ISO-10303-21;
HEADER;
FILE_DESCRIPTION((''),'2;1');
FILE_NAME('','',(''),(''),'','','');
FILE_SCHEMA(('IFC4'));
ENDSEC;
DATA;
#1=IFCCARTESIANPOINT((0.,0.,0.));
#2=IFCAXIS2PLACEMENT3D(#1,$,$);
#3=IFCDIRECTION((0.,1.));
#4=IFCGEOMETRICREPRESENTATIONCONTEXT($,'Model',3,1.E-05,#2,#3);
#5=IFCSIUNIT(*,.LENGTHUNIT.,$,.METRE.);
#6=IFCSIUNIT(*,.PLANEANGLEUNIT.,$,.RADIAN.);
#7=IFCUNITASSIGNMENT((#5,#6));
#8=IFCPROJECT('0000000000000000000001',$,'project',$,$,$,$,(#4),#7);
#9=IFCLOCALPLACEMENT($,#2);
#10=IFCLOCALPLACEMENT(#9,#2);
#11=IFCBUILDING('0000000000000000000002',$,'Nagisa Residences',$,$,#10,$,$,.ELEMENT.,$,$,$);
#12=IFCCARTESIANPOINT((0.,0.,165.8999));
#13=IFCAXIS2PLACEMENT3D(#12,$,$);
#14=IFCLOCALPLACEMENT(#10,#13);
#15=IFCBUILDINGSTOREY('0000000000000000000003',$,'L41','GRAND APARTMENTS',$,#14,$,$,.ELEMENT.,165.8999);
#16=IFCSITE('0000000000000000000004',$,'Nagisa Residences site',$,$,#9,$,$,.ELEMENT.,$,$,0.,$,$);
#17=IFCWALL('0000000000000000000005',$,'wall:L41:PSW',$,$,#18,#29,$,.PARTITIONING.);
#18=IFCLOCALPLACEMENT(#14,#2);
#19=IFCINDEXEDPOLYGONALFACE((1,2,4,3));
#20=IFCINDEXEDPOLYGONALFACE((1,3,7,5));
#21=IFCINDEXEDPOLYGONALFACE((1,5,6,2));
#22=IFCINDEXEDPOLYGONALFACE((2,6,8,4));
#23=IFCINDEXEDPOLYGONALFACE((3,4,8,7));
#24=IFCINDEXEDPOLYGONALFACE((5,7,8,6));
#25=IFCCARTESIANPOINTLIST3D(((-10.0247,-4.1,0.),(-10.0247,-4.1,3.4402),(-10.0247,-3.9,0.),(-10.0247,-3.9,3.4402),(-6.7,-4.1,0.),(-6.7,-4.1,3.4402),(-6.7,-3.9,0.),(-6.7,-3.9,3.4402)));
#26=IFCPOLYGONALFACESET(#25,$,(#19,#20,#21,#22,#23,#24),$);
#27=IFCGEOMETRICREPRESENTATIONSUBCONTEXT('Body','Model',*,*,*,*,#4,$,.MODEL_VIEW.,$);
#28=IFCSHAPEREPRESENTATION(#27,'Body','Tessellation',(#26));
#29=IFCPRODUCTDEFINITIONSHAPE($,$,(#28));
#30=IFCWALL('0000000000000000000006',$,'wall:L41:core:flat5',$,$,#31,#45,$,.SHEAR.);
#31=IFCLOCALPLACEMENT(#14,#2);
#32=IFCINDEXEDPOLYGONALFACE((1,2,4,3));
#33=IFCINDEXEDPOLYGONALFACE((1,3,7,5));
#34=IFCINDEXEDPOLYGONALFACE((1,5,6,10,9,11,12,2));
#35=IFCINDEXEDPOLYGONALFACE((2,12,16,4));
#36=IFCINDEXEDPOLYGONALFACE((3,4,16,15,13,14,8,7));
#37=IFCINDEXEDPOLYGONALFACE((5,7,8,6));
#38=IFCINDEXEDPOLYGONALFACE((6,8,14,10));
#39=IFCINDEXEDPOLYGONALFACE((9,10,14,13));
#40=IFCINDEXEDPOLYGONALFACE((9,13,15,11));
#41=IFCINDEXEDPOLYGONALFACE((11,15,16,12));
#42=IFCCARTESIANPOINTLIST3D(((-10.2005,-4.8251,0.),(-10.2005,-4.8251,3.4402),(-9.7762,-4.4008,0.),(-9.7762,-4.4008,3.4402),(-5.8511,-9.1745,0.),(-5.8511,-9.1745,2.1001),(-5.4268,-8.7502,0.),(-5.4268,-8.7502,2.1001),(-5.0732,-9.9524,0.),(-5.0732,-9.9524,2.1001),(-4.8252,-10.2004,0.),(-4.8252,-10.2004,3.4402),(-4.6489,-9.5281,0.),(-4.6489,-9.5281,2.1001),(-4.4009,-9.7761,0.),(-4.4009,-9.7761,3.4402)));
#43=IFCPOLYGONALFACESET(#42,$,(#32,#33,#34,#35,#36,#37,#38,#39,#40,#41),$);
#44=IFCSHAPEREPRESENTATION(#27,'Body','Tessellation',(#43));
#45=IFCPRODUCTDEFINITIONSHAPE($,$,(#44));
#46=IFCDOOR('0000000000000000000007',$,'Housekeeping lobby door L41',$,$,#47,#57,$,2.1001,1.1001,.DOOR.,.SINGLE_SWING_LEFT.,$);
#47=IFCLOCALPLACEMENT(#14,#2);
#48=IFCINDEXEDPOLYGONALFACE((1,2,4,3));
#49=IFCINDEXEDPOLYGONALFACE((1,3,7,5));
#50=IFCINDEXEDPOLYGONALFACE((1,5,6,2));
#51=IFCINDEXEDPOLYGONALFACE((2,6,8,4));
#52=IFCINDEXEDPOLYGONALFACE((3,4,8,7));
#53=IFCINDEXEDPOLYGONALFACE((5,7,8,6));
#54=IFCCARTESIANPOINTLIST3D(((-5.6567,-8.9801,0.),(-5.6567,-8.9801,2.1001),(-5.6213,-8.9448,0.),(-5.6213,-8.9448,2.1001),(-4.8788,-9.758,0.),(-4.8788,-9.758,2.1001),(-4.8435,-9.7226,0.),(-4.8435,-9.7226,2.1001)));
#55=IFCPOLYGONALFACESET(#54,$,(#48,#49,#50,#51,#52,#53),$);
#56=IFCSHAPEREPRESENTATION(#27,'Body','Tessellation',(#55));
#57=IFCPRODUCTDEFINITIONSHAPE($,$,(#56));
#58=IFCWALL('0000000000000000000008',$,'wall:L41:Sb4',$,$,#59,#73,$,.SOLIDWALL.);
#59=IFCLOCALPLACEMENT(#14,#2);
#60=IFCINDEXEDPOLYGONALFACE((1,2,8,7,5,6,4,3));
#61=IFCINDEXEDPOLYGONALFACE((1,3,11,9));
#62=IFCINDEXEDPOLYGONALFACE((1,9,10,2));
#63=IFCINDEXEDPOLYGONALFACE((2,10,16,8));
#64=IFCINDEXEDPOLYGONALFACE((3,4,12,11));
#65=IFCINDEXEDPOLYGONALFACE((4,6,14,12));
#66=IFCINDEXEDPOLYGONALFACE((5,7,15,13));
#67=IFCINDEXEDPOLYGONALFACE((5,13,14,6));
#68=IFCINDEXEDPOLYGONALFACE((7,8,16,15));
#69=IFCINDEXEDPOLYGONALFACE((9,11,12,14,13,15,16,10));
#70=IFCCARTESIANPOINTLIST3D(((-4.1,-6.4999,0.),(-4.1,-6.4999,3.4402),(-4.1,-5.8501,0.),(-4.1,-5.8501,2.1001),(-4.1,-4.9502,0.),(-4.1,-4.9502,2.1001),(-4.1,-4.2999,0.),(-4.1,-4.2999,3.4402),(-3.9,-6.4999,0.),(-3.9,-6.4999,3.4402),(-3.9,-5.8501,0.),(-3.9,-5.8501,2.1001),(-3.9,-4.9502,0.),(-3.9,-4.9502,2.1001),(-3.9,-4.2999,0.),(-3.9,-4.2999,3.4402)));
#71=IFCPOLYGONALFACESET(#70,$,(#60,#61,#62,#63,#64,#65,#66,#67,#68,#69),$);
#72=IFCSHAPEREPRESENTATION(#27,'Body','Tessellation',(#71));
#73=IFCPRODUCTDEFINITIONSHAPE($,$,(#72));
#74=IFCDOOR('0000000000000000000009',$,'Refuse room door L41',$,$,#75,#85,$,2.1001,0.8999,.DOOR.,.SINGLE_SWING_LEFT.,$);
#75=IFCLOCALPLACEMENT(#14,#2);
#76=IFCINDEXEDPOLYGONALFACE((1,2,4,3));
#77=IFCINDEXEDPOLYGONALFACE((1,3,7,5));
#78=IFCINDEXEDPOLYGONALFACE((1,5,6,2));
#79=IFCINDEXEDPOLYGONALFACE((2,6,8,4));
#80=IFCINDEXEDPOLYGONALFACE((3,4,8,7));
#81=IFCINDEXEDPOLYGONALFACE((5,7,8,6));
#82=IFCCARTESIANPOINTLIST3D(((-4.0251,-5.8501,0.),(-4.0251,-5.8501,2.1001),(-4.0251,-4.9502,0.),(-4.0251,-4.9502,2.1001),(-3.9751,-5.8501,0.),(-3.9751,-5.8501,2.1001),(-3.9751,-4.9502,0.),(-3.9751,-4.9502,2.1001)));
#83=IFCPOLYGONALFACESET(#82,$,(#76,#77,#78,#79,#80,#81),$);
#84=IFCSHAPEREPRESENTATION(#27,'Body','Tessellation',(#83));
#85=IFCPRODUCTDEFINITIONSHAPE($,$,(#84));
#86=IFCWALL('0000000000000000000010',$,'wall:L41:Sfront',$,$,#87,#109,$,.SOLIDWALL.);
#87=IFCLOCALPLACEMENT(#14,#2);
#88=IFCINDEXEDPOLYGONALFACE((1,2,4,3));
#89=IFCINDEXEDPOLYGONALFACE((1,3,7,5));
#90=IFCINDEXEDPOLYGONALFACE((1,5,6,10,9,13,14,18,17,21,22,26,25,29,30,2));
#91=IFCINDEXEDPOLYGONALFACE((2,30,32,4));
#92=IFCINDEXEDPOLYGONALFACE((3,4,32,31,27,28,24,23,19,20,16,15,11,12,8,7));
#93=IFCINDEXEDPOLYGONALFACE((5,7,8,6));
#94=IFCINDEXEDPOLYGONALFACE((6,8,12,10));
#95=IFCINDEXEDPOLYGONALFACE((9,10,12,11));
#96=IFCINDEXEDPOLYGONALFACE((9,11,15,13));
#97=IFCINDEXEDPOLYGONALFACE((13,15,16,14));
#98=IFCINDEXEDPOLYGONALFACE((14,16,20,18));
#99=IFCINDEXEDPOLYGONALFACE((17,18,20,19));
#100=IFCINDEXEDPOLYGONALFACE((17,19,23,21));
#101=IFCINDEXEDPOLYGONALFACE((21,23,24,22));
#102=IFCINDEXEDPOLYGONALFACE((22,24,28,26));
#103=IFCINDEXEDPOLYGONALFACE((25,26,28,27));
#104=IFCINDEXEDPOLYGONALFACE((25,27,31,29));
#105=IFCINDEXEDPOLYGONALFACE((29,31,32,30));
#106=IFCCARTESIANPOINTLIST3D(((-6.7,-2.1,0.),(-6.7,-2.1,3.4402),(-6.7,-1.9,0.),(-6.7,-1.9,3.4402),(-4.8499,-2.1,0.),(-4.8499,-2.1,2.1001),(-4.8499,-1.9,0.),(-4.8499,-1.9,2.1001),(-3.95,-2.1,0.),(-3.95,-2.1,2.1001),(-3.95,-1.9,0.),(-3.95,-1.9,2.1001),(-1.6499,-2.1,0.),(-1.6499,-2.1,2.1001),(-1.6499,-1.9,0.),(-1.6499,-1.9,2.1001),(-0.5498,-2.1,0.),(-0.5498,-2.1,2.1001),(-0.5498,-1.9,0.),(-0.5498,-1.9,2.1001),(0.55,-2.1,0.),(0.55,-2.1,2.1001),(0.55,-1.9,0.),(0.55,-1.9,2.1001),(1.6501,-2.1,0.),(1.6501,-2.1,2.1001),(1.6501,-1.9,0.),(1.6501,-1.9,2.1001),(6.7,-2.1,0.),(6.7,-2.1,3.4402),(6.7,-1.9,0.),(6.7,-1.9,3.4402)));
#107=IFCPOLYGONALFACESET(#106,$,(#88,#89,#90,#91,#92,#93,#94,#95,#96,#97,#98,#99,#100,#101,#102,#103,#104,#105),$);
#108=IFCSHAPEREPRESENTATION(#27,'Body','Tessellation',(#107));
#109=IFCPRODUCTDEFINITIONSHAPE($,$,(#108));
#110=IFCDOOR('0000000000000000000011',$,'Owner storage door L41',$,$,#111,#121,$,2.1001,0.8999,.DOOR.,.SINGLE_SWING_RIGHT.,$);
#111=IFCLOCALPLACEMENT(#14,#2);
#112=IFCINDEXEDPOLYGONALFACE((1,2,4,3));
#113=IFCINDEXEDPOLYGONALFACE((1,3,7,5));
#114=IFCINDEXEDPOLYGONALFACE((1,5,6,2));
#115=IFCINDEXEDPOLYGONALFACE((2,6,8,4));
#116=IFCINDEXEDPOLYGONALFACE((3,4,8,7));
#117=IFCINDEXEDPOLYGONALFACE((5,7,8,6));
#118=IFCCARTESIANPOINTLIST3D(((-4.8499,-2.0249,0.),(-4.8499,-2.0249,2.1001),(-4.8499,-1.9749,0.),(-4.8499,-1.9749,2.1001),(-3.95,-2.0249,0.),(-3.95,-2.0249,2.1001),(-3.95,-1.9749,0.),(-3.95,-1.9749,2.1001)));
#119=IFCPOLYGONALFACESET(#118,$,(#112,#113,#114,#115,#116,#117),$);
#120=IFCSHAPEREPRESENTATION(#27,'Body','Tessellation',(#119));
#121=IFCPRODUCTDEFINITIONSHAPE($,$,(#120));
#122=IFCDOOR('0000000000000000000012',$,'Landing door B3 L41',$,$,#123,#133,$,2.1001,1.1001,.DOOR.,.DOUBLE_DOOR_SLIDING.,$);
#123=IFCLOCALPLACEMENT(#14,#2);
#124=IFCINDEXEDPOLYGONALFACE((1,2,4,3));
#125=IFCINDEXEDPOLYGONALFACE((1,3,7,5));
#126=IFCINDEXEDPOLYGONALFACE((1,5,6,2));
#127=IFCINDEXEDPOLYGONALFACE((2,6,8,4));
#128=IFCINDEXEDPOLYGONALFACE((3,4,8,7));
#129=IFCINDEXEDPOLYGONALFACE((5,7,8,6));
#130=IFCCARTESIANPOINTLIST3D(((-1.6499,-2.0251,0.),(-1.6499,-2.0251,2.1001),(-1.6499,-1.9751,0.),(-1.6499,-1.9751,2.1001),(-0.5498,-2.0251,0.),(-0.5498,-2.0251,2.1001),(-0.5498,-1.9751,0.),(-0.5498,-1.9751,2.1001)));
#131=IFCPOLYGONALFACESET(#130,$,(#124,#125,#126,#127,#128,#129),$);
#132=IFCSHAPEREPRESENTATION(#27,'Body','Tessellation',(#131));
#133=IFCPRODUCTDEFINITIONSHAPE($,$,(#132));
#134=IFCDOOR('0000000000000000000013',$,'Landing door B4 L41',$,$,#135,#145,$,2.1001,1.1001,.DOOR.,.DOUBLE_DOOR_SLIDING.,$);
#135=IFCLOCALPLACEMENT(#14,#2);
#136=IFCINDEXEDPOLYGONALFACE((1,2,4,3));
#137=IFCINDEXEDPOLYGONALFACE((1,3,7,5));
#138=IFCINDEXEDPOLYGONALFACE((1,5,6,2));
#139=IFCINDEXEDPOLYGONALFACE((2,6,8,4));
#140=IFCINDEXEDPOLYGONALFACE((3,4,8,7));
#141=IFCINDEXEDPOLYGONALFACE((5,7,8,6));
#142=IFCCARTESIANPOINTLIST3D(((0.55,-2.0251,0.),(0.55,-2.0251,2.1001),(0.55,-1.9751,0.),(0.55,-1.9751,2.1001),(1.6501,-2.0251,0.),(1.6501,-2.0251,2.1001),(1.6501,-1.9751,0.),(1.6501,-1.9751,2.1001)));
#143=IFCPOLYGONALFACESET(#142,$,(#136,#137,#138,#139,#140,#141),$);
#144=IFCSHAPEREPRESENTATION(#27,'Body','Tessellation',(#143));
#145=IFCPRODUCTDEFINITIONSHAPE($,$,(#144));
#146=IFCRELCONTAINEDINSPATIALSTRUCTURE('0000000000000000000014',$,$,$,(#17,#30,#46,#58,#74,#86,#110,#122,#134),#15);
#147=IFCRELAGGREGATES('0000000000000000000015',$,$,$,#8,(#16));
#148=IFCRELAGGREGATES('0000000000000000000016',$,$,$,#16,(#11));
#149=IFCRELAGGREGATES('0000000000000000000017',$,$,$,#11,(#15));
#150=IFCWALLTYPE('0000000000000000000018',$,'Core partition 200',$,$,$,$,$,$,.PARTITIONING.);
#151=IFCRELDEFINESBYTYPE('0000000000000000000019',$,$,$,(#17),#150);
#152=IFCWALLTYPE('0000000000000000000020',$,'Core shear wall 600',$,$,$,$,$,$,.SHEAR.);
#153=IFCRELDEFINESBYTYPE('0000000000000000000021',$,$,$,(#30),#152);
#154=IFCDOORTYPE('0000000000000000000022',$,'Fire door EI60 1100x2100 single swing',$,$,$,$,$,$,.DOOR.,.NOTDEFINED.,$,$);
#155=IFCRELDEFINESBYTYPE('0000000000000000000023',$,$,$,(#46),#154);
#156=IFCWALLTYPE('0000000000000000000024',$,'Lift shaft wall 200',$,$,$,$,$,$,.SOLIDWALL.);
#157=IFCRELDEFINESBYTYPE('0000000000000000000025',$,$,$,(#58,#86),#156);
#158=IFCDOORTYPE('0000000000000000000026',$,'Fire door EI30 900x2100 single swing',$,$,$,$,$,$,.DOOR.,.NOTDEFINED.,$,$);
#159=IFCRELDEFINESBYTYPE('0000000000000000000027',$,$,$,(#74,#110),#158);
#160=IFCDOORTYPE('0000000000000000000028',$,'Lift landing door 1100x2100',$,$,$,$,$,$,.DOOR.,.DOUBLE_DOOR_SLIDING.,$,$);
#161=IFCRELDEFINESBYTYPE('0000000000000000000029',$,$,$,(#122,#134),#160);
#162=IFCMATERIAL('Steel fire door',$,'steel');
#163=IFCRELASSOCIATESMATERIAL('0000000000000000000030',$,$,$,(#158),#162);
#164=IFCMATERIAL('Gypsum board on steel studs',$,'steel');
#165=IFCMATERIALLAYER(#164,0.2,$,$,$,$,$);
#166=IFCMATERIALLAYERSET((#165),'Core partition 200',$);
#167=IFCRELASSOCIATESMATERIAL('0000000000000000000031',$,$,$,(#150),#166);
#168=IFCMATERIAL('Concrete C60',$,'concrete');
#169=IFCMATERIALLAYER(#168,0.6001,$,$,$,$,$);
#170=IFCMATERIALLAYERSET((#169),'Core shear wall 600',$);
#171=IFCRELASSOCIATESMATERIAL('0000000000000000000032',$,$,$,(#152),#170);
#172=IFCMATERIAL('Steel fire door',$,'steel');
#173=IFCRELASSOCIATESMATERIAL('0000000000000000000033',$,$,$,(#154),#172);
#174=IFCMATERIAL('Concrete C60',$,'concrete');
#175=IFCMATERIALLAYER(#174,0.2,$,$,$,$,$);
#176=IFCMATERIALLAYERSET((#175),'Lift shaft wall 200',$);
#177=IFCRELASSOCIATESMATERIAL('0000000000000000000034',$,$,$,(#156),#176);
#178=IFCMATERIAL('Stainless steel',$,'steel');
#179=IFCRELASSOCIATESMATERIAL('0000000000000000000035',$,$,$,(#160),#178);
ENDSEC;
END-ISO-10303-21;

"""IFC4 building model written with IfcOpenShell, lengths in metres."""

from ifc_helpers import new_model, si_unit, direction, frame, frame_2d, origin, place, context, subcontext, project, spatial, rectangle, extrude, material, layer, layer_set, type_object, element, fill, save


model = new_model("IFC4")

# Units and contexts
model_context = context("Model", 3, precision=1e-05, world=origin(), true_north=direction((0.0, 1.0)))
body_context = subcontext(model_context, "Body", "Model", "MODEL_VIEW")
ifc_project = project(units=[si_unit("LENGTHUNIT", "METRE"), si_unit("PLANEANGLEUNIT", "RADIAN")], contexts=[model_context])

# Site, building, storey
site_placement = place(None, origin())
site = spatial("IfcSite", under=ifc_project, at=site_placement, Name="Nagisa Residences site", CompositionType="ELEMENT", RefElevation=0.0)
building_placement = place(site_placement, origin())
building = spatial("IfcBuilding", under=site, at=building_placement, Name="Nagisa Residences", CompositionType="ELEMENT")
storey_placement = place(building_placement, frame((0.0, 0.0, 165.8999)))
storey = spatial("IfcBuildingStorey", under=building, at=storey_placement, Name="L41", Description="GRAND APARTMENTS", CompositionType="ELEMENT", Elevation=165.8999)

# Shared definitions
ifc_material_1 = material(Name="Steel fire door", Category="steel")
door_type_1 = type_object("IfcDoorType", Name="Fire door EI30 900x2100 single swing", OperationType="NOTDEFINED", PredefinedType="DOOR", material=ifc_material_1)

# Wall
ifc_material_2 = material(Name="Gypsum board on steel studs", Category="steel")
ifc_layer_1 = layer(ifc_material_2, 0.2)
ifc_layer_set_1 = layer_set([ifc_layer_1], Name="Core partition 200")
wall_type_1 = type_object("IfcWallType", Name="Core partition 200", PredefinedType="PARTITIONING", material=ifc_layer_set_1)
wall_1_placement = place(storey_placement, frame((-10.0247, -4.0, 0.0), z_axis=(0.0, 0.0, 1.0), x_axis=(1.0, 0.0, 0.0)))
element("IfcWall", 1, at=wall_1_placement, inside=storey, type_object=wall_type_1, Name="wall:L41:PSW", PredefinedType="PARTITIONING", context=body_context, shape_type="SweptSolid", body=[
    extrude(rectangle(XDim=3.3247, YDim=0.2, at=frame_2d((1.6624, 0.0))), origin(), (0.0, 0.0, 1.0), 3.4402),
])

# Walls, openings, doors
ifc_material_3 = material(Name="Concrete C60", Category="concrete")
ifc_layer_2 = layer(ifc_material_3, 0.6001)
ifc_layer_set_2 = layer_set([ifc_layer_2], Name="Core shear wall 600")
wall_type_2 = type_object("IfcWallType", Name="Core shear wall 600", PredefinedType="SHEAR", material=ifc_layer_set_2)
wall_2_placement = place(storey_placement, frame((-9.9883, -4.613, 0.0), z_axis=(0.0, 0.0, 1.0), x_axis=(0.707107, -0.707107, 0.0)))
wall_2 = element("IfcWall", 2, at=wall_2_placement, inside=storey, type_object=wall_type_2, Name="wall:L41:core:flat5", PredefinedType="SHEAR", context=body_context, shape_type="SweptSolid", body=[
    extrude(rectangle(XDim=7.6018, YDim=0.6001, at=frame_2d((3.8008, 0.0))), origin(), (0.0, 0.0, 1.0), 3.4402),
])
opening_1_placement = place(wall_2_placement, frame((6.1509, 0.0, 0.0)))
opening_1 = element("IfcOpeningElement", 3, at=opening_1_placement, cuts=wall_2, PredefinedType="OPENING", context=body_context, shape_type="SweptSolid", body=[
    extrude(rectangle(XDim=1.1001, YDim=2.1001, at=frame_2d((0.55, 1.05))), frame((0.0, 0.3101, 0.0), z_axis=(0.0, -1.0, 0.0), x_axis=(1.0, 0.0, 0.0)), (0.0, 0.0, 1.0), 0.6201),
])
ifc_material_4 = material(Name="Steel fire door", Category="steel")
door_type_2 = type_object("IfcDoorType", Name="Fire door EI60 1100x2100 single swing", OperationType="NOTDEFINED", PredefinedType="DOOR", material=ifc_material_4)
door_1_placement = place(opening_1_placement, origin())
door_1 = element("IfcDoor", 4, at=door_1_placement, inside=storey, type_object=door_type_2, Name="Housekeeping lobby door L41", OperationType="SINGLE_SWING_LEFT", OverallHeight=2.1001, OverallWidth=1.1001, PredefinedType="DOOR", context=body_context, shape_type="SweptSolid", body=[
    extrude(rectangle(XDim=1.1001, YDim=2.1001, at=frame_2d((0.55, 1.05))), frame((0.0, 0.0249, 0.0), z_axis=(0.0, -1.0, 0.0), x_axis=(1.0, 0.0, 0.0)), (0.0, 0.0, 1.0), 0.05),
])
fill(opening_1, door_1)
ifc_material_5 = material(Name="Concrete C60", Category="concrete")
ifc_layer_3 = layer(ifc_material_5, 0.2)
ifc_layer_set_3 = layer_set([ifc_layer_3], Name="Lift shaft wall 200")
wall_type_3 = type_object("IfcWallType", Name="Lift shaft wall 200", PredefinedType="SOLIDWALL", material=ifc_layer_set_3)
wall_3_placement = place(storey_placement, frame((-4.0, -6.5, 0.0), z_axis=(0.0, 0.0, 1.0), x_axis=(0.0, 1.0, 0.0)))
wall_3 = element("IfcWall", 5, at=wall_3_placement, inside=storey, type_object=wall_type_3, Name="wall:L41:Sb4", PredefinedType="SOLIDWALL", context=body_context, shape_type="SweptSolid", body=[
    extrude(rectangle(XDim=2.2, YDim=0.2, at=frame_2d((1.1001, 0.0))), origin(), (0.0, 0.0, 1.0), 3.4402),
])
opening_2_placement = place(wall_3_placement, frame((0.6499, 0.0, 0.0)))
opening_2 = element("IfcOpeningElement", 6, at=opening_2_placement, cuts=wall_3, PredefinedType="OPENING", context=body_context, shape_type="SweptSolid", body=[
    extrude(rectangle(XDim=0.8999, YDim=2.1001, at=frame_2d((0.45, 1.05))), frame((0.0, 0.1099, 0.0), z_axis=(0.0, -1.0, 0.0), x_axis=(1.0, 0.0, 0.0)), (0.0, 0.0, 1.0), 0.22),
])
door_2_placement = place(opening_2_placement, frame((0.8999, 0.0, 0.0), x_axis=(-1.0, 0.0, 0.0)))
door_2 = element("IfcDoor", 7, at=door_2_placement, inside=storey, type_object=door_type_1, Name="Refuse room door L41", OperationType="SINGLE_SWING_LEFT", OverallHeight=2.1001, OverallWidth=0.8999, PredefinedType="DOOR", context=body_context, shape_type="SweptSolid", body=[
    extrude(rectangle(XDim=0.8999, YDim=2.1001, at=frame_2d((0.45, 1.05))), frame((0.0, 0.0249, 0.0), z_axis=(0.0, -1.0, 0.0), x_axis=(1.0, 0.0, 0.0)), (0.0, 0.0, 1.0), 0.05),
])
fill(opening_2, door_2)

# Wall, openings, doors
wall_4_placement = place(storey_placement, frame((-6.7, -2.0, 0.0), z_axis=(0.0, 0.0, 1.0), x_axis=(1.0, 0.0, 0.0)))
wall_4 = element("IfcWall", 8, at=wall_4_placement, inside=storey, type_object=wall_type_3, Name="wall:L41:Sfront", PredefinedType="SOLIDWALL", context=body_context, shape_type="SweptSolid", body=[
    extrude(rectangle(XDim=13.3999, YDim=0.2, at=frame_2d((6.7, 0.0))), origin(), (0.0, 0.0, 1.0), 3.4402),
])
opening_3_placement = place(wall_4_placement, frame((5.05, 0.0, 0.0)))
opening_3 = element("IfcOpeningElement", 9, at=opening_3_placement, cuts=wall_4, PredefinedType="OPENING", context=body_context, shape_type="SweptSolid", body=[
    extrude(rectangle(XDim=1.1001, YDim=2.1001, at=frame_2d((0.55, 1.05))), frame((0.0, 0.1099, 0.0), z_axis=(0.0, -1.0, 0.0), x_axis=(1.0, 0.0, 0.0)), (0.0, 0.0, 1.0), 0.22),
])
opening_4_placement = place(wall_4_placement, frame((7.25, 0.0, 0.0)))
opening_4 = element("IfcOpeningElement", 10, at=opening_4_placement, cuts=wall_4, PredefinedType="OPENING", context=body_context, shape_type="SweptSolid", body=[
    extrude(rectangle(XDim=1.1001, YDim=2.1001, at=frame_2d((0.55, 1.05))), frame((0.0, 0.1099, 0.0), z_axis=(0.0, -1.0, 0.0), x_axis=(1.0, 0.0, 0.0)), (0.0, 0.0, 1.0), 0.22),
])
opening_5_placement = place(wall_4_placement, frame((1.8501, 0.0, 0.0)))
opening_5 = element("IfcOpeningElement", 11, at=opening_5_placement, cuts=wall_4, PredefinedType="OPENING", context=body_context, shape_type="SweptSolid", body=[
    extrude(rectangle(XDim=0.8999, YDim=2.1001, at=frame_2d((0.45, 1.05))), frame((0.0, 0.1099, 0.0), z_axis=(0.0, -1.0, 0.0), x_axis=(1.0, 0.0, 0.0)), (0.0, 0.0, 1.0), 0.22),
])
door_3_placement = place(opening_5_placement, frame((0.8999, 0.0, 0.0), x_axis=(-1.0, 0.0, 0.0)))
door_3 = element("IfcDoor", 12, at=door_3_placement, inside=storey, type_object=door_type_1, Name="Owner storage door L41", OperationType="SINGLE_SWING_RIGHT", OverallHeight=2.1001, OverallWidth=0.8999, PredefinedType="DOOR", context=body_context, shape_type="SweptSolid", body=[
    extrude(rectangle(XDim=0.8999, YDim=2.1001, at=frame_2d((0.45, 1.05))), frame((0.0, 0.0249, 0.0), z_axis=(0.0, -1.0, 0.0), x_axis=(1.0, 0.0, 0.0)), (0.0, 0.0, 1.0), 0.05),
])
fill(opening_5, door_3)
ifc_material_6 = material(Name="Stainless steel", Category="steel")
door_type_3 = type_object("IfcDoorType", Name="Lift landing door 1100x2100", OperationType="DOUBLE_DOOR_SLIDING", PredefinedType="DOOR", material=ifc_material_6)
door_4_placement = place(opening_3_placement, origin())
door_4 = element("IfcDoor", 13, at=door_4_placement, inside=storey, type_object=door_type_3, Name="Landing door B3 L41", OperationType="DOUBLE_DOOR_SLIDING", OverallHeight=2.1001, OverallWidth=1.1001, PredefinedType="DOOR", context=body_context, shape_type="SweptSolid", body=[
    extrude(rectangle(XDim=1.1001, YDim=2.1001, at=frame_2d((0.55, 1.05))), frame((0.0, 0.0249, 0.0), z_axis=(0.0, -1.0, 0.0), x_axis=(1.0, 0.0, 0.0)), (0.0, 0.0, 1.0), 0.05),
])
fill(opening_3, door_4)
door_5_placement = place(opening_4_placement, origin())
door_5 = element("IfcDoor", 14, at=door_5_placement, inside=storey, type_object=door_type_3, Name="Landing door B4 L41", OperationType="DOUBLE_DOOR_SLIDING", OverallHeight=2.1001, OverallWidth=1.1001, PredefinedType="DOOR", context=body_context, shape_type="SweptSolid", body=[
    extrude(rectangle(XDim=1.1001, YDim=2.1001, at=frame_2d((0.55, 1.05))), frame((0.0, 0.0249, 0.0), z_axis=(0.0, -1.0, 0.0), x_axis=(1.0, 0.0, 0.0)), (0.0, 0.0, 1.0), 0.05),
])
fill(opening_4, door_5)

save(model, "model.ifc")
